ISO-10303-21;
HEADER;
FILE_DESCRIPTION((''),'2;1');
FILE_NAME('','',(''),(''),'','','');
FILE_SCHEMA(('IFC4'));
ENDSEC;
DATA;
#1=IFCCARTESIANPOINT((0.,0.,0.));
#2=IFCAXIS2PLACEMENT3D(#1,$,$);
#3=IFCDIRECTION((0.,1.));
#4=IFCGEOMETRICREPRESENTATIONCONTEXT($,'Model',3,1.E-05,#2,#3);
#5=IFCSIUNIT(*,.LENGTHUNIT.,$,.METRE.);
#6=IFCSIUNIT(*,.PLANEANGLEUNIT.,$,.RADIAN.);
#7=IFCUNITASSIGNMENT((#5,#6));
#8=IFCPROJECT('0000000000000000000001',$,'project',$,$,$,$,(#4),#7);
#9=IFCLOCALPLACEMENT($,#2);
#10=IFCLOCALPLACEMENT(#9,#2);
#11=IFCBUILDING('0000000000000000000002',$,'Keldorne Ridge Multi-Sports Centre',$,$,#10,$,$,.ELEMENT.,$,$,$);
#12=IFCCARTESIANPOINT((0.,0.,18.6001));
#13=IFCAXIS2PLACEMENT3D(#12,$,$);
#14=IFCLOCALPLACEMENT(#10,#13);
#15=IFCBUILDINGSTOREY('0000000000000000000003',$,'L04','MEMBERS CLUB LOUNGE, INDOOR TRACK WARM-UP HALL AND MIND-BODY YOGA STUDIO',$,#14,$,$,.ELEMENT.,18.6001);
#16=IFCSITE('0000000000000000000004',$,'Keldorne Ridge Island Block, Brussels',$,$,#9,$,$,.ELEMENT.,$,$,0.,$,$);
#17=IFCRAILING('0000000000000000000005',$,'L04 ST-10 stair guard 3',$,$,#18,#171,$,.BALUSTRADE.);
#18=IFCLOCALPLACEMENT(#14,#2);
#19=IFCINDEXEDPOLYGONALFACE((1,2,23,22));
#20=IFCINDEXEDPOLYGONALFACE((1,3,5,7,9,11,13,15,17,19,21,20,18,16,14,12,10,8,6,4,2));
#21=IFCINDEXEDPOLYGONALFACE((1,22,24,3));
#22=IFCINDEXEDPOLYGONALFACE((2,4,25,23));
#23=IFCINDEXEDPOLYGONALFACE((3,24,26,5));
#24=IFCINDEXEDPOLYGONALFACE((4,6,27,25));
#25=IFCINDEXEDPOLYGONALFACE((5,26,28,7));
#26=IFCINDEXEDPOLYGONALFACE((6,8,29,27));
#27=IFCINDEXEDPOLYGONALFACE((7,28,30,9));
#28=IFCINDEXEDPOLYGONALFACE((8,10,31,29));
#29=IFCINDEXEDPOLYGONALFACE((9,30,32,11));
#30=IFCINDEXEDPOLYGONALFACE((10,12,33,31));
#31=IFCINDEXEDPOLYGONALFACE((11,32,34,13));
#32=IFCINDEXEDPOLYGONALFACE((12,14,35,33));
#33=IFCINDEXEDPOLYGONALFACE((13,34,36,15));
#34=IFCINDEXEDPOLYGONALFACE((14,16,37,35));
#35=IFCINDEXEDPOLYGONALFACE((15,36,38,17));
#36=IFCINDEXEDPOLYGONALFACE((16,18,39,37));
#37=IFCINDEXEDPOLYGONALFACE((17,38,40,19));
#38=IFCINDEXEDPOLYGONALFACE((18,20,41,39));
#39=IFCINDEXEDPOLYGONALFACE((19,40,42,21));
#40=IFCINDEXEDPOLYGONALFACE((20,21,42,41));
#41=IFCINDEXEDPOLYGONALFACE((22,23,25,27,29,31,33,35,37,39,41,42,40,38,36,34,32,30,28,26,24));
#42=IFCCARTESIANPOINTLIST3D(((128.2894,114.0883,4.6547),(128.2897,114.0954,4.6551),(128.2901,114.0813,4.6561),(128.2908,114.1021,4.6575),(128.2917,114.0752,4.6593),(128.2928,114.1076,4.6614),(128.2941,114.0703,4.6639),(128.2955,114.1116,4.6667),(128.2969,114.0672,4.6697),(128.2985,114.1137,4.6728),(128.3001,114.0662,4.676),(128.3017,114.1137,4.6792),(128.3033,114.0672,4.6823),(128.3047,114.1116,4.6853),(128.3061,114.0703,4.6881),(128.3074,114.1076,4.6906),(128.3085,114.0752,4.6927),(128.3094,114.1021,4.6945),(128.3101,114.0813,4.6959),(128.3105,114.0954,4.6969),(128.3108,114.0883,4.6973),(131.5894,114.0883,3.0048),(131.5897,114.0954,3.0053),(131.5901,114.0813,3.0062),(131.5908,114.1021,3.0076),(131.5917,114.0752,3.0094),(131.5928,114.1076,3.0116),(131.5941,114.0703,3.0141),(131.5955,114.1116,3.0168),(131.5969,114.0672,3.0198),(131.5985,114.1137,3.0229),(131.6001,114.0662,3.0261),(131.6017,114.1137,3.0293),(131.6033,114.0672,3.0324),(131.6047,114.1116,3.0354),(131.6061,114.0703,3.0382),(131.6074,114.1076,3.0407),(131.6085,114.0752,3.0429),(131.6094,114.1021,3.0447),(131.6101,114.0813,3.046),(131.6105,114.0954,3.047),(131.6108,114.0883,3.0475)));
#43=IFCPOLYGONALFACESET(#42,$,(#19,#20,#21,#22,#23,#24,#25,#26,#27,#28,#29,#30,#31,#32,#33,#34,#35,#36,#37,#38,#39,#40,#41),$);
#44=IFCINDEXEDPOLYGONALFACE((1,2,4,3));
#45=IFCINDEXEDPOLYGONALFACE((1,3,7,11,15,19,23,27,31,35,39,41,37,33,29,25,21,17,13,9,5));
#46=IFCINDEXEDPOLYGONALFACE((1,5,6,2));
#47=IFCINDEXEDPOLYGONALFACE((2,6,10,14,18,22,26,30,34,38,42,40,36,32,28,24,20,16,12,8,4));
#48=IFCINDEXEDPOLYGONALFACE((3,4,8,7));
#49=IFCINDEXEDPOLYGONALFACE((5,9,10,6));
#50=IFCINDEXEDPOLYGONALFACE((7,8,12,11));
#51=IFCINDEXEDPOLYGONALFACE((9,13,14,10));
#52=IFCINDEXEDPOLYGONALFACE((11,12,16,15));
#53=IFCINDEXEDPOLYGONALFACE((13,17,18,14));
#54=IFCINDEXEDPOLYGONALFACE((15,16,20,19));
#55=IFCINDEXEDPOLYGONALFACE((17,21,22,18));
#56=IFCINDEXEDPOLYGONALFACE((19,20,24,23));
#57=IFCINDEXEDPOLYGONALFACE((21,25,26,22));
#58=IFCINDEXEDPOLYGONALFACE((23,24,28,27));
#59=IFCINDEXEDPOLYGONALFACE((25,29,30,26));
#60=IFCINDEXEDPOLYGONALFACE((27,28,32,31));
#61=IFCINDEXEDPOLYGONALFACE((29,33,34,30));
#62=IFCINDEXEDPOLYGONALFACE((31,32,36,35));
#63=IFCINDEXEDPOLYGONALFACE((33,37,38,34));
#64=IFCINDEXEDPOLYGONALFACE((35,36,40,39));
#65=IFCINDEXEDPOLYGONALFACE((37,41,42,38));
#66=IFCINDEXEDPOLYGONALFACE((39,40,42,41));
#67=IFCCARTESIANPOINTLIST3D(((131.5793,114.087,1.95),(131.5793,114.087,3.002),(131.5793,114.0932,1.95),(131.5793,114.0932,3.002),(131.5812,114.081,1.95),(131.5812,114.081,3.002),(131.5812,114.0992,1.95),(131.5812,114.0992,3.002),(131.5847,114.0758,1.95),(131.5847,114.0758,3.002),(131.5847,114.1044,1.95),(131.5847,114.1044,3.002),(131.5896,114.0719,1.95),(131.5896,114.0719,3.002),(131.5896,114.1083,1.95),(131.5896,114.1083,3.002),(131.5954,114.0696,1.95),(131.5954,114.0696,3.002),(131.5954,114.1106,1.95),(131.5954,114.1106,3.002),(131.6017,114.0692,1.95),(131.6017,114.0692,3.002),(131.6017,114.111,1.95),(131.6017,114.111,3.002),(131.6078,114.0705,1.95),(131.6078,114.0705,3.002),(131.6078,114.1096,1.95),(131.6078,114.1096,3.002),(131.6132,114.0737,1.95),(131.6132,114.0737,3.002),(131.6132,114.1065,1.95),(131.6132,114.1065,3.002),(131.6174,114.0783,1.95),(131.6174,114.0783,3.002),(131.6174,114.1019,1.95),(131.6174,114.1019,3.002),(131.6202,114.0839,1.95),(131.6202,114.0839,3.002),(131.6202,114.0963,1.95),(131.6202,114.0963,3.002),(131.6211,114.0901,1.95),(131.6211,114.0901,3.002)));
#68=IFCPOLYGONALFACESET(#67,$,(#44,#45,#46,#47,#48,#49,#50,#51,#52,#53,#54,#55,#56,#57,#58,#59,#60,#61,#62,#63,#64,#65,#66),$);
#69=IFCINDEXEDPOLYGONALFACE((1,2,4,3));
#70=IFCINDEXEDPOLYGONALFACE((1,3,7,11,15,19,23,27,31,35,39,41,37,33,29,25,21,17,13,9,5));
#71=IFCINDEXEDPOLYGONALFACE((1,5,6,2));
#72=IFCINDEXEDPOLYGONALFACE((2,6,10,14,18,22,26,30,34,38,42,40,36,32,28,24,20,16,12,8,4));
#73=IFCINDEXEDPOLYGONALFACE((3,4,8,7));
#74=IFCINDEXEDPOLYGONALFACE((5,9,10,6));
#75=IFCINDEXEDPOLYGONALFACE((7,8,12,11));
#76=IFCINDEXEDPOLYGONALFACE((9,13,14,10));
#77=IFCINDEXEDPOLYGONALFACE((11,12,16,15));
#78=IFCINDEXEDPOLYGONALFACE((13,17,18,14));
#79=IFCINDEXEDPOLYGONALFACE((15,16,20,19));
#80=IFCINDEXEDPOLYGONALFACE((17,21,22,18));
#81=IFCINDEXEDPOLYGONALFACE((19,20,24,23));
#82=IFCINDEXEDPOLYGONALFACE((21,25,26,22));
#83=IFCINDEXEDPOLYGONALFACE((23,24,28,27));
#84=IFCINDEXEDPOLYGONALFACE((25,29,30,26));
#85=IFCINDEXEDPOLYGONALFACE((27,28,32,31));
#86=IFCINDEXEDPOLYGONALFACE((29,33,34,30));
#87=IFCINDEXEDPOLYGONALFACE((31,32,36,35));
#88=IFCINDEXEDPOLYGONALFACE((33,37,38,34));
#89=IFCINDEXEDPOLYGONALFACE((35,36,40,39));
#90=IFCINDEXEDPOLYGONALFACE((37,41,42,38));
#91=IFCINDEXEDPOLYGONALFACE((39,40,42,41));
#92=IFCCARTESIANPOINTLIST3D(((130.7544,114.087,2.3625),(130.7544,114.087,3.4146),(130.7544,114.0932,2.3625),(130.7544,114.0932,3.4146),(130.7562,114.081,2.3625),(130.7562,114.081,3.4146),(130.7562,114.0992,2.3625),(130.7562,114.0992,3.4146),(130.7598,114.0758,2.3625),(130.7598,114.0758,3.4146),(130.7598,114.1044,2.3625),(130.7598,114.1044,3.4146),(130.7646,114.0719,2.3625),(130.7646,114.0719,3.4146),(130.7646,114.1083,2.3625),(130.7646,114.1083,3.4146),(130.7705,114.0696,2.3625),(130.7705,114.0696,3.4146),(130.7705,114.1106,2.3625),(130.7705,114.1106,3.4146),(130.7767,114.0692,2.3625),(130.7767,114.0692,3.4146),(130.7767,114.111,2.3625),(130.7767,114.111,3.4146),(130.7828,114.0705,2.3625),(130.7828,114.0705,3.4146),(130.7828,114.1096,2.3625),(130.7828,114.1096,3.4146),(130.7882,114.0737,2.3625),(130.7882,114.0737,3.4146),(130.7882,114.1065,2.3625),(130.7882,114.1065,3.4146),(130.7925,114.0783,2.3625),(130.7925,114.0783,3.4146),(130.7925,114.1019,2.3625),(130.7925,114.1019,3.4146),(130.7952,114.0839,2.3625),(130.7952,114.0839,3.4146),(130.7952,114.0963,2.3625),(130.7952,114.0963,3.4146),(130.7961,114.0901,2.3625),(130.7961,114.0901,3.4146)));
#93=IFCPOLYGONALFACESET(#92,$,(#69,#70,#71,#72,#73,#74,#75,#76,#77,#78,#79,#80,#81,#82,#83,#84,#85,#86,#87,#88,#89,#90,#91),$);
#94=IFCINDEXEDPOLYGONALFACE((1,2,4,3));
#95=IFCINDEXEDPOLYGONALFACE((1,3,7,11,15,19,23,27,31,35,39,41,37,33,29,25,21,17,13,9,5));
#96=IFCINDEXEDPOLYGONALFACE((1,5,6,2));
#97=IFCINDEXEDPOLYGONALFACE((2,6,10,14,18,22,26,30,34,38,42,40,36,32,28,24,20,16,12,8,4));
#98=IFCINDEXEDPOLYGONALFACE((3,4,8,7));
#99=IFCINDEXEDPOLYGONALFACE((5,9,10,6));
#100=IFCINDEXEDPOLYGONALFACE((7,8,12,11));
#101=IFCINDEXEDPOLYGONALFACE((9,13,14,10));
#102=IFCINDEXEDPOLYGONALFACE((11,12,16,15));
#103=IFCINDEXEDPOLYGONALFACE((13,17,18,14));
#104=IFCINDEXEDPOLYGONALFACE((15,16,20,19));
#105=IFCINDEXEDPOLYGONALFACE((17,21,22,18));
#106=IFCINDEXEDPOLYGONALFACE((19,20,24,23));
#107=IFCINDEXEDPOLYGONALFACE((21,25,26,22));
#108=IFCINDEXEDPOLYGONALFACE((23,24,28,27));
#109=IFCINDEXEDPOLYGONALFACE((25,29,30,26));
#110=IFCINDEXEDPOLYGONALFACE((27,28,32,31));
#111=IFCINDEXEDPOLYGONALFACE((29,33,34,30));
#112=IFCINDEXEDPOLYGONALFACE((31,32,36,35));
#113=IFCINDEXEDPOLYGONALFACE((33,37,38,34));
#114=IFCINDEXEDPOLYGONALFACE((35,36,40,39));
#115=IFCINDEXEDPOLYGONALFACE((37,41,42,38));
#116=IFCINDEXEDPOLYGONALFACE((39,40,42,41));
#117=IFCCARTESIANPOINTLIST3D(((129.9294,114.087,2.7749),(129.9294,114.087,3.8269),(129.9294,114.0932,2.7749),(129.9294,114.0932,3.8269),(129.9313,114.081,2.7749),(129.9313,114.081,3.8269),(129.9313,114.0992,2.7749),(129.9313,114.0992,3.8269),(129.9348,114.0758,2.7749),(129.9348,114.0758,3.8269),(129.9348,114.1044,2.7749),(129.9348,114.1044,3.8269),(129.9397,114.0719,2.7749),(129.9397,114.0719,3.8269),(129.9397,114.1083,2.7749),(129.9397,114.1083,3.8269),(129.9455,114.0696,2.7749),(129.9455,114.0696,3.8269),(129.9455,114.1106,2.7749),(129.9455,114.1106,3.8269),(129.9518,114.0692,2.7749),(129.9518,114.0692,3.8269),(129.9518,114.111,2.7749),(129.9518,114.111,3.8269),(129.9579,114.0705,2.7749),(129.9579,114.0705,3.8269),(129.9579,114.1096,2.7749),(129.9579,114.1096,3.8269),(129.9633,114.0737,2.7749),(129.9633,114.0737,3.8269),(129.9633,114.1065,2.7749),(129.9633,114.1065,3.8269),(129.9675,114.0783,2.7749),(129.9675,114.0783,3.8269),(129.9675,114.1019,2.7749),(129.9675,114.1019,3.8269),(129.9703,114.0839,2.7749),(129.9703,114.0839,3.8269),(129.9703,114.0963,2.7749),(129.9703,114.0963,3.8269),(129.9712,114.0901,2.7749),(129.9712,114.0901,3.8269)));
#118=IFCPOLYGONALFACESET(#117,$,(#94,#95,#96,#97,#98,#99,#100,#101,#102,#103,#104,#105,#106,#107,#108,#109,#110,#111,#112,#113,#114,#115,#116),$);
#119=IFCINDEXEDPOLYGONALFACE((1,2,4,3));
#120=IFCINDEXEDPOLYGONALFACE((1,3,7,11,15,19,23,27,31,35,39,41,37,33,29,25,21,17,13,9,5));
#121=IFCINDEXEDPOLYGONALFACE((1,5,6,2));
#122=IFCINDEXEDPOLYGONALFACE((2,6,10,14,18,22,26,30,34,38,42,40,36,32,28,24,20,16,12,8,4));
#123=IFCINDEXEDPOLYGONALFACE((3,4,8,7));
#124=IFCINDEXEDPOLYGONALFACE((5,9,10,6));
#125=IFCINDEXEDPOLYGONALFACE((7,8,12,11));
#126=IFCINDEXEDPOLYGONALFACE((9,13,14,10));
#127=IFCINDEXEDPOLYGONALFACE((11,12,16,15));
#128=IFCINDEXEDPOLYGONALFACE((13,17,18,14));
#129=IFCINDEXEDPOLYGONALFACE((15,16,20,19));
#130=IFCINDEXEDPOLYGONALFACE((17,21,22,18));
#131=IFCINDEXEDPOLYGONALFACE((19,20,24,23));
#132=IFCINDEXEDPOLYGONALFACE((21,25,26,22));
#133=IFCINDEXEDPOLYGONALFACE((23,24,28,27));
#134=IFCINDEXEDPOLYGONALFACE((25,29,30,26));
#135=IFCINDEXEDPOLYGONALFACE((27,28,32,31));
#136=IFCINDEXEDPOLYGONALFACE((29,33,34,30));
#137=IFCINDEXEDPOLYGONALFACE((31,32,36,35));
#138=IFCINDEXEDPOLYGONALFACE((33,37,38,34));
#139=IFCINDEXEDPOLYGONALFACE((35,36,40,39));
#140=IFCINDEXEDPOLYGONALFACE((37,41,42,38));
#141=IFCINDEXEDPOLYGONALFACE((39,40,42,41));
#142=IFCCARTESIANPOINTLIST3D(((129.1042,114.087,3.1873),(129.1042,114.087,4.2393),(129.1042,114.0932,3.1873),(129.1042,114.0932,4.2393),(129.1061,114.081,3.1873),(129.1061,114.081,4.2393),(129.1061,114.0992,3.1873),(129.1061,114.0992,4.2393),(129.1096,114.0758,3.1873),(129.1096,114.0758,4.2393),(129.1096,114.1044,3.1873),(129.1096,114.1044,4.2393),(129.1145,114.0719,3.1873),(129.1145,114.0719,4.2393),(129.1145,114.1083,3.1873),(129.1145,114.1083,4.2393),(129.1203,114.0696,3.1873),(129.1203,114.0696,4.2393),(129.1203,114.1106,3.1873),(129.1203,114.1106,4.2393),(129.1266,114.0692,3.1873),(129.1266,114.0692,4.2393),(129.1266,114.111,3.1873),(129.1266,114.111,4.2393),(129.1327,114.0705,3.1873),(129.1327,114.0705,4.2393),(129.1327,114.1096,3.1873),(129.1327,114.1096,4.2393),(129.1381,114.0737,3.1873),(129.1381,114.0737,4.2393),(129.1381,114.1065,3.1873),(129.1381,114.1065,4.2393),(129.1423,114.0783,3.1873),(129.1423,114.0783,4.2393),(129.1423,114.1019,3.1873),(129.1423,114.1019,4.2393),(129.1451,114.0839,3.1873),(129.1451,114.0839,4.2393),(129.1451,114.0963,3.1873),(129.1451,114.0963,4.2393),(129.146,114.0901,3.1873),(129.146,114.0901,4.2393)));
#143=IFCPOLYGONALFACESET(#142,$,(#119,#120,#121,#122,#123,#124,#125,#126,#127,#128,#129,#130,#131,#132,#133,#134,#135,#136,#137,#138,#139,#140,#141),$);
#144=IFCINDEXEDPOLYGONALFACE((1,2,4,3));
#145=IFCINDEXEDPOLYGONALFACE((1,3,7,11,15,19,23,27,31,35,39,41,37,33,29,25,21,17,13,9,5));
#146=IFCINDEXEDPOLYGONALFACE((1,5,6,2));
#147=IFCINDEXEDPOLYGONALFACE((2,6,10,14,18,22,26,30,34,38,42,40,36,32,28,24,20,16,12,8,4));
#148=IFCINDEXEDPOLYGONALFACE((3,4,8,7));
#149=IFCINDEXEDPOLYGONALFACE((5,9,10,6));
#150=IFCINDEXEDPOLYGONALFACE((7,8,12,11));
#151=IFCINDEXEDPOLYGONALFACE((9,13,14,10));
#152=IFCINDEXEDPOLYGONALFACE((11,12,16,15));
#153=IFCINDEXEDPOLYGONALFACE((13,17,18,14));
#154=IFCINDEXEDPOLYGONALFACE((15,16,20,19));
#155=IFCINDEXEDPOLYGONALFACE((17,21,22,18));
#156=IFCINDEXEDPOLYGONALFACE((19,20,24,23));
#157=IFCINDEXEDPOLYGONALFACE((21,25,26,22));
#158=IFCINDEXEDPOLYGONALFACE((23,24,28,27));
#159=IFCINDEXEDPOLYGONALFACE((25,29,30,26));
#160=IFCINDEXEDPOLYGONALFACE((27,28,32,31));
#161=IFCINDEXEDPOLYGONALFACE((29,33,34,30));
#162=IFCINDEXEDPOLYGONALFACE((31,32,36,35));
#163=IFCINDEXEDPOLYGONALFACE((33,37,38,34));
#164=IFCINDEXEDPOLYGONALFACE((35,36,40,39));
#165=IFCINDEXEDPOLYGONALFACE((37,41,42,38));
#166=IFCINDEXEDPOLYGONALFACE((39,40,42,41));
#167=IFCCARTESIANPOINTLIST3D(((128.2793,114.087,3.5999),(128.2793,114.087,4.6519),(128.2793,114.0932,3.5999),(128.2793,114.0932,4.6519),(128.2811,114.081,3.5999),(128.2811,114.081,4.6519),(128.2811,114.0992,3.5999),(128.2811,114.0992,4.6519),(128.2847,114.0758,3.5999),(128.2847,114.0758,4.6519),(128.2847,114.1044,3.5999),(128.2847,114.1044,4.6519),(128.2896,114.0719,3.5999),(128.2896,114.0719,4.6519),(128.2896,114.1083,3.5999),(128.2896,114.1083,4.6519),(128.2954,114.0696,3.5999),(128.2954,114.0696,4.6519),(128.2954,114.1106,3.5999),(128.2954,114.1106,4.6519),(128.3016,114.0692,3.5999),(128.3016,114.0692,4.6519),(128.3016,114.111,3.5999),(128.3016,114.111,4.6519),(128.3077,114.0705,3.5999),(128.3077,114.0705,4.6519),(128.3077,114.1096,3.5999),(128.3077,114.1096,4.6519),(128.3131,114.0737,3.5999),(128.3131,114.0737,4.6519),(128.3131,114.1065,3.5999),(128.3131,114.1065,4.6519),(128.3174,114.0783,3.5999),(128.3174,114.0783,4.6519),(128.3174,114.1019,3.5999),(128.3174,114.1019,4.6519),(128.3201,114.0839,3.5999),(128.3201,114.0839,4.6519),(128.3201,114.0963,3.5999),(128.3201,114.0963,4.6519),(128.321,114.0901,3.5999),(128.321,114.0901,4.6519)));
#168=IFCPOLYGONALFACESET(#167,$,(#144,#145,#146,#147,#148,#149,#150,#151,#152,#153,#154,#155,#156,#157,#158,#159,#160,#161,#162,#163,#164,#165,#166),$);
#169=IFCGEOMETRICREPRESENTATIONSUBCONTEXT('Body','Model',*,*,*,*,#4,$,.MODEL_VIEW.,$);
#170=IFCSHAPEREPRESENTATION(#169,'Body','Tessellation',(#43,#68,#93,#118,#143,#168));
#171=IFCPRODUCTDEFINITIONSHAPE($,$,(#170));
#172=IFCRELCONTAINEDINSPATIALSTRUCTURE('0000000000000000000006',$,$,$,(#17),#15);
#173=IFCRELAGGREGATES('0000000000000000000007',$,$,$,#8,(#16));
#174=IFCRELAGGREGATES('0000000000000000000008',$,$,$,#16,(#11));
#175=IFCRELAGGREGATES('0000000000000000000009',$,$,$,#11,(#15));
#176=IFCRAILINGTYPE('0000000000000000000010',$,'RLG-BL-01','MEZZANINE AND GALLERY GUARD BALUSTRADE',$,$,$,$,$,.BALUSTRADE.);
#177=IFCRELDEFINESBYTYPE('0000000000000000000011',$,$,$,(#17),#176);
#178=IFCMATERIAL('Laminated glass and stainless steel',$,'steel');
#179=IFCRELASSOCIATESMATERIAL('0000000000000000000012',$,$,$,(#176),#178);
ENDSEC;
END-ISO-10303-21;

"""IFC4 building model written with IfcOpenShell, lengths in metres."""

from ifc_helpers import new_model, si_unit, direction, frame, origin, origin_2d, place, context, subcontext, project, spatial, circle, extrude, material, type_object, element, save


model = new_model("IFC4")

# Units and contexts
model_context = context("Model", 3, precision=1e-05, world=origin(), true_north=direction((0.0, 1.0)))
body_context = subcontext(model_context, "Body", "Model", "MODEL_VIEW")
ifc_project = project(units=[si_unit("LENGTHUNIT", "METRE"), si_unit("PLANEANGLEUNIT", "RADIAN")], contexts=[model_context])

# Site, building, storey
site_placement = place(None, origin())
site = spatial("IfcSite", under=ifc_project, at=site_placement, Name="Keldorne Ridge Island Block, Brussels", CompositionType="ELEMENT", RefElevation=0.0)
building_placement = place(site_placement, origin())
building = spatial("IfcBuilding", under=site, at=building_placement, Name="Keldorne Ridge Multi-Sports Centre", CompositionType="ELEMENT")
storey_placement = place(building_placement, frame((0.0, 0.0, 18.6001)))
storey = spatial("IfcBuildingStorey", under=building, at=storey_placement, Name="L04", Description="MEMBERS CLUB LOUNGE, INDOOR TRACK WARM-UP HALL AND MIND-BODY YOGA STUDIO", CompositionType="ELEMENT", Elevation=18.6001)

# Railing
ifc_material_1 = material(Name="Laminated glass and stainless steel", Category="steel")
railing_type_1 = type_object("IfcRailingType", Name="RLG-BL-01", Description="MEZZANINE AND GALLERY GUARD BALUSTRADE", PredefinedType="BALUSTRADE", material=ifc_material_1)
railing_1_placement = place(storey_placement, frame((131.6001, 114.0901, 1.95)))
element("IfcRailing", 1, at=railing_1_placement, inside=storey, type_object=railing_type_1, Name="L04 ST-10 stair guard 3", PredefinedType="BALUSTRADE", context=body_context, shape_type="SweptSolid", body=[
    extrude(circle(Radius=0.0239, at=origin_2d()), frame((0.0, 0.0, 1.0762), z_axis=(-0.89444, 0.0, 0.447187), x_axis=(0.0, -1.0, 0.0)), (0.0, 0.0, 1.0), 3.6895),
    extrude(circle(Radius=0.021, at=origin_2d()), origin(), (0.0, 0.0, 1.0), 1.052),
    extrude(circle(Radius=0.021, at=origin_2d()), frame((-0.825, 0.0, 0.4126)), (0.0, 0.0, 1.0), 1.052),
    extrude(circle(Radius=0.021, at=origin_2d()), frame((-1.6499, 0.0, 0.825)), (0.0, 0.0, 1.0), 1.052),
    extrude(circle(Radius=0.021, at=origin_2d()), frame((-2.4751, 0.0, 1.2373)), (0.0, 0.0, 1.0), 1.052),
    extrude(circle(Radius=0.021, at=origin_2d()), frame((-3.3, 0.0, 1.6499)), (0.0, 0.0, 1.0), 1.052),
])

save(model, "model.ifc")
